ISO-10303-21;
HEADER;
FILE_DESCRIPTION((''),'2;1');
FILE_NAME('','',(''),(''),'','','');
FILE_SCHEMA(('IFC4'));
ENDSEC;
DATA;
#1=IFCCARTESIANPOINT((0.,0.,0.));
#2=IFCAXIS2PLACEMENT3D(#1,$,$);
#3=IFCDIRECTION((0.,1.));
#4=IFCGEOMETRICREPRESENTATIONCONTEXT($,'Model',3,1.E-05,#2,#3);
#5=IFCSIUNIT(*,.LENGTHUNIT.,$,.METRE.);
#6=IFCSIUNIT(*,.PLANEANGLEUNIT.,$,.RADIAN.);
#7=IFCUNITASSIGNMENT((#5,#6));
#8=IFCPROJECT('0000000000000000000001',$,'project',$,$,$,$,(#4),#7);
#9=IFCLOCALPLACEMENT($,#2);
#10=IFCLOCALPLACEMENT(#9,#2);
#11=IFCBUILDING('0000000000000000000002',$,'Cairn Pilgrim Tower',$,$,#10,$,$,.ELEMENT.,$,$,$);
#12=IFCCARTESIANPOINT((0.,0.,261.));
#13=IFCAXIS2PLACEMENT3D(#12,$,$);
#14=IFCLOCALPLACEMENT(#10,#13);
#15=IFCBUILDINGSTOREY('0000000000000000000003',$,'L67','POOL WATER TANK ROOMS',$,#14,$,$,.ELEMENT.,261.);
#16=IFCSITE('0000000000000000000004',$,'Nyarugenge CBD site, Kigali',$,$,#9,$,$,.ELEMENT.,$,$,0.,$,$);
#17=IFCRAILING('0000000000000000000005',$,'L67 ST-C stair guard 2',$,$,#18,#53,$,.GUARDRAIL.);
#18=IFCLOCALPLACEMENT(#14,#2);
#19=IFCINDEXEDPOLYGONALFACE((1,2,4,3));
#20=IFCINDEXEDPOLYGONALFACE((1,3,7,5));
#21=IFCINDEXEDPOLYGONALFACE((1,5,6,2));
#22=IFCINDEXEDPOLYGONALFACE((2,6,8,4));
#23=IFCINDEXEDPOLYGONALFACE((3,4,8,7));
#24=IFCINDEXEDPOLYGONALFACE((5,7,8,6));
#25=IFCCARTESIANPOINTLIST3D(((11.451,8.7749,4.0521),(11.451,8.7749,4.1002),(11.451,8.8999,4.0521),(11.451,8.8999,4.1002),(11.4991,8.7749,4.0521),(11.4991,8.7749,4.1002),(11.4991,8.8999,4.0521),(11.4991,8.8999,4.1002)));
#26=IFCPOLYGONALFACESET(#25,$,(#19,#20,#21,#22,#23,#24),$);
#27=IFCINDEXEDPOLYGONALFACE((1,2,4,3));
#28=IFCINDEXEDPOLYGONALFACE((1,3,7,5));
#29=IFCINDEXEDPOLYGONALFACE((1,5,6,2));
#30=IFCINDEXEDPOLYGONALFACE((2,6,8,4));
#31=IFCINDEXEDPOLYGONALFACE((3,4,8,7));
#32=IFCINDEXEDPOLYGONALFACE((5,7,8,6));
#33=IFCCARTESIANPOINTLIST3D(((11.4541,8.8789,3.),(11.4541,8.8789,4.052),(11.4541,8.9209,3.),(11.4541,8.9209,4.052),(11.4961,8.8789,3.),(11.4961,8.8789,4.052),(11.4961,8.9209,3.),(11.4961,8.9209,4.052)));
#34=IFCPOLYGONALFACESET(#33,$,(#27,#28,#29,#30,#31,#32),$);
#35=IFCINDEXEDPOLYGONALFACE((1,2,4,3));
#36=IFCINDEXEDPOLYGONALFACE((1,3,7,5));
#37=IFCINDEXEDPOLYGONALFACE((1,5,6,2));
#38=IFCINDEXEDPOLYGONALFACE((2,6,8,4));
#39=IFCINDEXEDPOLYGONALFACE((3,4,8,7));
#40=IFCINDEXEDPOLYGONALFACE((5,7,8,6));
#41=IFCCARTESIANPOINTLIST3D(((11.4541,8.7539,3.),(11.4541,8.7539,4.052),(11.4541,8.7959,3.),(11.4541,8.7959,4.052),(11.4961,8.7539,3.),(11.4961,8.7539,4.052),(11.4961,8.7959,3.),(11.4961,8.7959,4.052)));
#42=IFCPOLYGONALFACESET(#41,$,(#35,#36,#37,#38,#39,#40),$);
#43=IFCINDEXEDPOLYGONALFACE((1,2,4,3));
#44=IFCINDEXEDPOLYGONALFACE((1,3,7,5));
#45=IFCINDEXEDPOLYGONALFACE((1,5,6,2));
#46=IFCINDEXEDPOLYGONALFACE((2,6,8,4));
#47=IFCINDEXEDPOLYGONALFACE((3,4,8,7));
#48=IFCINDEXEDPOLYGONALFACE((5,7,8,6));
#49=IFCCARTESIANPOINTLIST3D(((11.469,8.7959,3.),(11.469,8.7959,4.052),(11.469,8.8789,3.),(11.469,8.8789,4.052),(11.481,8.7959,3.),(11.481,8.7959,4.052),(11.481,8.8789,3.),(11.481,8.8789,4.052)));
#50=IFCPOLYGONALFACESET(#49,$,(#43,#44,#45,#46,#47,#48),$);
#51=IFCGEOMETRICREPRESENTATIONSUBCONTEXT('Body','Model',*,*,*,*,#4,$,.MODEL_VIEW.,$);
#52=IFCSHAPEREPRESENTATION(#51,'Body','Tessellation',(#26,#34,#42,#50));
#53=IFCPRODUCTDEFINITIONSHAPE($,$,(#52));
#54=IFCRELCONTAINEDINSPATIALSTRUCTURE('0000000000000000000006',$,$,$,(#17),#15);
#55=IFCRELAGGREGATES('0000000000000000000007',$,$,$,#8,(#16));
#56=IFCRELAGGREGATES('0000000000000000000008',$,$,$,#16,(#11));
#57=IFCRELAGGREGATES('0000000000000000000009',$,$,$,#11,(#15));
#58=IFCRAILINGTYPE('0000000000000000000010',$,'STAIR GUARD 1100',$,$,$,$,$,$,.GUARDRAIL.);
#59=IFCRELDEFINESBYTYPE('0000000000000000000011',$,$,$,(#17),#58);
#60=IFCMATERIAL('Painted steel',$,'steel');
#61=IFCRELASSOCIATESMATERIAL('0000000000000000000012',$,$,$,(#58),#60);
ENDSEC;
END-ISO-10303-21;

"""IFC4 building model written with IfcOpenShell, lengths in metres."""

from ifc_helpers import new_model, si_unit, direction, frame, origin, origin_2d, place, context, subcontext, project, spatial, polyline, rectangle, outline, extrude, material, type_object, element, save


model = new_model("IFC4")

# Units and contexts
model_context = context("Model", 3, precision=1e-05, world=origin(), true_north=direction((0.0, 1.0)))
body_context = subcontext(model_context, "Body", "Model", "MODEL_VIEW")
ifc_project = project(units=[si_unit("LENGTHUNIT", "METRE"), si_unit("PLANEANGLEUNIT", "RADIAN")], contexts=[model_context])

# Site, building, storey
site_placement = place(None, origin())
site = spatial("IfcSite", under=ifc_project, at=site_placement, Name="Nyarugenge CBD site, Kigali", CompositionType="ELEMENT", RefElevation=0.0)
building_placement = place(site_placement, origin())
building = spatial("IfcBuilding", under=site, at=building_placement, Name="Cairn Pilgrim Tower", CompositionType="ELEMENT")
storey_placement = place(building_placement, frame((0.0, 0.0, 261.0)))
storey = spatial("IfcBuildingStorey", under=building, at=storey_placement, Name="L67", Description="POOL WATER TANK ROOMS", CompositionType="ELEMENT", Elevation=261.0)

# Shared definitions
ifc_material_1 = material(Name="Painted steel", Category="steel")

# Railing
railing_type_1 = type_object("IfcRailingType", Name="STAIR GUARD 1100", PredefinedType="GUARDRAIL", material=ifc_material_1)
railing_1_placement = place(storey_placement, frame((11.4751, 8.8999, 3.0)))
element("IfcRailing", 1, at=railing_1_placement, inside=storey, type_object=railing_type_1, Name="L67 ST-C stair guard 2", PredefinedType="GUARDRAIL", context=body_context, shape_type="SweptSolid", body=[
    extrude(rectangle(XDim=0.0481, YDim=0.0481, at=origin_2d()), frame((0.0, 0.0, 1.0762), z_axis=(0.0, -1.0, 0.0), x_axis=(1.0, 0.0, 0.0)), (0.0, 0.0, 1.0), 0.125),
    extrude(rectangle(XDim=0.042, YDim=0.042, at=origin_2d()), origin(), (0.0, 0.0, 1.0), 1.052),
    extrude(rectangle(XDim=0.042, YDim=0.042, at=origin_2d()), frame((0.0, -0.125, 0.0)), (0.0, 0.0, 1.0), 1.052),
    extrude(outline(polyline([(0.021, 0.0), (0.104, 0.0), (0.104, 1.052), (0.021, 1.052), (0.021, 0.0)])), frame((0.0059, 0.0, 0.0), z_axis=(-1.0, 0.0, 0.0), x_axis=(0.0, -1.0, 0.0)), (0.0, 0.0, 1.0), 0.012),
])

save(model, "model.ifc")
